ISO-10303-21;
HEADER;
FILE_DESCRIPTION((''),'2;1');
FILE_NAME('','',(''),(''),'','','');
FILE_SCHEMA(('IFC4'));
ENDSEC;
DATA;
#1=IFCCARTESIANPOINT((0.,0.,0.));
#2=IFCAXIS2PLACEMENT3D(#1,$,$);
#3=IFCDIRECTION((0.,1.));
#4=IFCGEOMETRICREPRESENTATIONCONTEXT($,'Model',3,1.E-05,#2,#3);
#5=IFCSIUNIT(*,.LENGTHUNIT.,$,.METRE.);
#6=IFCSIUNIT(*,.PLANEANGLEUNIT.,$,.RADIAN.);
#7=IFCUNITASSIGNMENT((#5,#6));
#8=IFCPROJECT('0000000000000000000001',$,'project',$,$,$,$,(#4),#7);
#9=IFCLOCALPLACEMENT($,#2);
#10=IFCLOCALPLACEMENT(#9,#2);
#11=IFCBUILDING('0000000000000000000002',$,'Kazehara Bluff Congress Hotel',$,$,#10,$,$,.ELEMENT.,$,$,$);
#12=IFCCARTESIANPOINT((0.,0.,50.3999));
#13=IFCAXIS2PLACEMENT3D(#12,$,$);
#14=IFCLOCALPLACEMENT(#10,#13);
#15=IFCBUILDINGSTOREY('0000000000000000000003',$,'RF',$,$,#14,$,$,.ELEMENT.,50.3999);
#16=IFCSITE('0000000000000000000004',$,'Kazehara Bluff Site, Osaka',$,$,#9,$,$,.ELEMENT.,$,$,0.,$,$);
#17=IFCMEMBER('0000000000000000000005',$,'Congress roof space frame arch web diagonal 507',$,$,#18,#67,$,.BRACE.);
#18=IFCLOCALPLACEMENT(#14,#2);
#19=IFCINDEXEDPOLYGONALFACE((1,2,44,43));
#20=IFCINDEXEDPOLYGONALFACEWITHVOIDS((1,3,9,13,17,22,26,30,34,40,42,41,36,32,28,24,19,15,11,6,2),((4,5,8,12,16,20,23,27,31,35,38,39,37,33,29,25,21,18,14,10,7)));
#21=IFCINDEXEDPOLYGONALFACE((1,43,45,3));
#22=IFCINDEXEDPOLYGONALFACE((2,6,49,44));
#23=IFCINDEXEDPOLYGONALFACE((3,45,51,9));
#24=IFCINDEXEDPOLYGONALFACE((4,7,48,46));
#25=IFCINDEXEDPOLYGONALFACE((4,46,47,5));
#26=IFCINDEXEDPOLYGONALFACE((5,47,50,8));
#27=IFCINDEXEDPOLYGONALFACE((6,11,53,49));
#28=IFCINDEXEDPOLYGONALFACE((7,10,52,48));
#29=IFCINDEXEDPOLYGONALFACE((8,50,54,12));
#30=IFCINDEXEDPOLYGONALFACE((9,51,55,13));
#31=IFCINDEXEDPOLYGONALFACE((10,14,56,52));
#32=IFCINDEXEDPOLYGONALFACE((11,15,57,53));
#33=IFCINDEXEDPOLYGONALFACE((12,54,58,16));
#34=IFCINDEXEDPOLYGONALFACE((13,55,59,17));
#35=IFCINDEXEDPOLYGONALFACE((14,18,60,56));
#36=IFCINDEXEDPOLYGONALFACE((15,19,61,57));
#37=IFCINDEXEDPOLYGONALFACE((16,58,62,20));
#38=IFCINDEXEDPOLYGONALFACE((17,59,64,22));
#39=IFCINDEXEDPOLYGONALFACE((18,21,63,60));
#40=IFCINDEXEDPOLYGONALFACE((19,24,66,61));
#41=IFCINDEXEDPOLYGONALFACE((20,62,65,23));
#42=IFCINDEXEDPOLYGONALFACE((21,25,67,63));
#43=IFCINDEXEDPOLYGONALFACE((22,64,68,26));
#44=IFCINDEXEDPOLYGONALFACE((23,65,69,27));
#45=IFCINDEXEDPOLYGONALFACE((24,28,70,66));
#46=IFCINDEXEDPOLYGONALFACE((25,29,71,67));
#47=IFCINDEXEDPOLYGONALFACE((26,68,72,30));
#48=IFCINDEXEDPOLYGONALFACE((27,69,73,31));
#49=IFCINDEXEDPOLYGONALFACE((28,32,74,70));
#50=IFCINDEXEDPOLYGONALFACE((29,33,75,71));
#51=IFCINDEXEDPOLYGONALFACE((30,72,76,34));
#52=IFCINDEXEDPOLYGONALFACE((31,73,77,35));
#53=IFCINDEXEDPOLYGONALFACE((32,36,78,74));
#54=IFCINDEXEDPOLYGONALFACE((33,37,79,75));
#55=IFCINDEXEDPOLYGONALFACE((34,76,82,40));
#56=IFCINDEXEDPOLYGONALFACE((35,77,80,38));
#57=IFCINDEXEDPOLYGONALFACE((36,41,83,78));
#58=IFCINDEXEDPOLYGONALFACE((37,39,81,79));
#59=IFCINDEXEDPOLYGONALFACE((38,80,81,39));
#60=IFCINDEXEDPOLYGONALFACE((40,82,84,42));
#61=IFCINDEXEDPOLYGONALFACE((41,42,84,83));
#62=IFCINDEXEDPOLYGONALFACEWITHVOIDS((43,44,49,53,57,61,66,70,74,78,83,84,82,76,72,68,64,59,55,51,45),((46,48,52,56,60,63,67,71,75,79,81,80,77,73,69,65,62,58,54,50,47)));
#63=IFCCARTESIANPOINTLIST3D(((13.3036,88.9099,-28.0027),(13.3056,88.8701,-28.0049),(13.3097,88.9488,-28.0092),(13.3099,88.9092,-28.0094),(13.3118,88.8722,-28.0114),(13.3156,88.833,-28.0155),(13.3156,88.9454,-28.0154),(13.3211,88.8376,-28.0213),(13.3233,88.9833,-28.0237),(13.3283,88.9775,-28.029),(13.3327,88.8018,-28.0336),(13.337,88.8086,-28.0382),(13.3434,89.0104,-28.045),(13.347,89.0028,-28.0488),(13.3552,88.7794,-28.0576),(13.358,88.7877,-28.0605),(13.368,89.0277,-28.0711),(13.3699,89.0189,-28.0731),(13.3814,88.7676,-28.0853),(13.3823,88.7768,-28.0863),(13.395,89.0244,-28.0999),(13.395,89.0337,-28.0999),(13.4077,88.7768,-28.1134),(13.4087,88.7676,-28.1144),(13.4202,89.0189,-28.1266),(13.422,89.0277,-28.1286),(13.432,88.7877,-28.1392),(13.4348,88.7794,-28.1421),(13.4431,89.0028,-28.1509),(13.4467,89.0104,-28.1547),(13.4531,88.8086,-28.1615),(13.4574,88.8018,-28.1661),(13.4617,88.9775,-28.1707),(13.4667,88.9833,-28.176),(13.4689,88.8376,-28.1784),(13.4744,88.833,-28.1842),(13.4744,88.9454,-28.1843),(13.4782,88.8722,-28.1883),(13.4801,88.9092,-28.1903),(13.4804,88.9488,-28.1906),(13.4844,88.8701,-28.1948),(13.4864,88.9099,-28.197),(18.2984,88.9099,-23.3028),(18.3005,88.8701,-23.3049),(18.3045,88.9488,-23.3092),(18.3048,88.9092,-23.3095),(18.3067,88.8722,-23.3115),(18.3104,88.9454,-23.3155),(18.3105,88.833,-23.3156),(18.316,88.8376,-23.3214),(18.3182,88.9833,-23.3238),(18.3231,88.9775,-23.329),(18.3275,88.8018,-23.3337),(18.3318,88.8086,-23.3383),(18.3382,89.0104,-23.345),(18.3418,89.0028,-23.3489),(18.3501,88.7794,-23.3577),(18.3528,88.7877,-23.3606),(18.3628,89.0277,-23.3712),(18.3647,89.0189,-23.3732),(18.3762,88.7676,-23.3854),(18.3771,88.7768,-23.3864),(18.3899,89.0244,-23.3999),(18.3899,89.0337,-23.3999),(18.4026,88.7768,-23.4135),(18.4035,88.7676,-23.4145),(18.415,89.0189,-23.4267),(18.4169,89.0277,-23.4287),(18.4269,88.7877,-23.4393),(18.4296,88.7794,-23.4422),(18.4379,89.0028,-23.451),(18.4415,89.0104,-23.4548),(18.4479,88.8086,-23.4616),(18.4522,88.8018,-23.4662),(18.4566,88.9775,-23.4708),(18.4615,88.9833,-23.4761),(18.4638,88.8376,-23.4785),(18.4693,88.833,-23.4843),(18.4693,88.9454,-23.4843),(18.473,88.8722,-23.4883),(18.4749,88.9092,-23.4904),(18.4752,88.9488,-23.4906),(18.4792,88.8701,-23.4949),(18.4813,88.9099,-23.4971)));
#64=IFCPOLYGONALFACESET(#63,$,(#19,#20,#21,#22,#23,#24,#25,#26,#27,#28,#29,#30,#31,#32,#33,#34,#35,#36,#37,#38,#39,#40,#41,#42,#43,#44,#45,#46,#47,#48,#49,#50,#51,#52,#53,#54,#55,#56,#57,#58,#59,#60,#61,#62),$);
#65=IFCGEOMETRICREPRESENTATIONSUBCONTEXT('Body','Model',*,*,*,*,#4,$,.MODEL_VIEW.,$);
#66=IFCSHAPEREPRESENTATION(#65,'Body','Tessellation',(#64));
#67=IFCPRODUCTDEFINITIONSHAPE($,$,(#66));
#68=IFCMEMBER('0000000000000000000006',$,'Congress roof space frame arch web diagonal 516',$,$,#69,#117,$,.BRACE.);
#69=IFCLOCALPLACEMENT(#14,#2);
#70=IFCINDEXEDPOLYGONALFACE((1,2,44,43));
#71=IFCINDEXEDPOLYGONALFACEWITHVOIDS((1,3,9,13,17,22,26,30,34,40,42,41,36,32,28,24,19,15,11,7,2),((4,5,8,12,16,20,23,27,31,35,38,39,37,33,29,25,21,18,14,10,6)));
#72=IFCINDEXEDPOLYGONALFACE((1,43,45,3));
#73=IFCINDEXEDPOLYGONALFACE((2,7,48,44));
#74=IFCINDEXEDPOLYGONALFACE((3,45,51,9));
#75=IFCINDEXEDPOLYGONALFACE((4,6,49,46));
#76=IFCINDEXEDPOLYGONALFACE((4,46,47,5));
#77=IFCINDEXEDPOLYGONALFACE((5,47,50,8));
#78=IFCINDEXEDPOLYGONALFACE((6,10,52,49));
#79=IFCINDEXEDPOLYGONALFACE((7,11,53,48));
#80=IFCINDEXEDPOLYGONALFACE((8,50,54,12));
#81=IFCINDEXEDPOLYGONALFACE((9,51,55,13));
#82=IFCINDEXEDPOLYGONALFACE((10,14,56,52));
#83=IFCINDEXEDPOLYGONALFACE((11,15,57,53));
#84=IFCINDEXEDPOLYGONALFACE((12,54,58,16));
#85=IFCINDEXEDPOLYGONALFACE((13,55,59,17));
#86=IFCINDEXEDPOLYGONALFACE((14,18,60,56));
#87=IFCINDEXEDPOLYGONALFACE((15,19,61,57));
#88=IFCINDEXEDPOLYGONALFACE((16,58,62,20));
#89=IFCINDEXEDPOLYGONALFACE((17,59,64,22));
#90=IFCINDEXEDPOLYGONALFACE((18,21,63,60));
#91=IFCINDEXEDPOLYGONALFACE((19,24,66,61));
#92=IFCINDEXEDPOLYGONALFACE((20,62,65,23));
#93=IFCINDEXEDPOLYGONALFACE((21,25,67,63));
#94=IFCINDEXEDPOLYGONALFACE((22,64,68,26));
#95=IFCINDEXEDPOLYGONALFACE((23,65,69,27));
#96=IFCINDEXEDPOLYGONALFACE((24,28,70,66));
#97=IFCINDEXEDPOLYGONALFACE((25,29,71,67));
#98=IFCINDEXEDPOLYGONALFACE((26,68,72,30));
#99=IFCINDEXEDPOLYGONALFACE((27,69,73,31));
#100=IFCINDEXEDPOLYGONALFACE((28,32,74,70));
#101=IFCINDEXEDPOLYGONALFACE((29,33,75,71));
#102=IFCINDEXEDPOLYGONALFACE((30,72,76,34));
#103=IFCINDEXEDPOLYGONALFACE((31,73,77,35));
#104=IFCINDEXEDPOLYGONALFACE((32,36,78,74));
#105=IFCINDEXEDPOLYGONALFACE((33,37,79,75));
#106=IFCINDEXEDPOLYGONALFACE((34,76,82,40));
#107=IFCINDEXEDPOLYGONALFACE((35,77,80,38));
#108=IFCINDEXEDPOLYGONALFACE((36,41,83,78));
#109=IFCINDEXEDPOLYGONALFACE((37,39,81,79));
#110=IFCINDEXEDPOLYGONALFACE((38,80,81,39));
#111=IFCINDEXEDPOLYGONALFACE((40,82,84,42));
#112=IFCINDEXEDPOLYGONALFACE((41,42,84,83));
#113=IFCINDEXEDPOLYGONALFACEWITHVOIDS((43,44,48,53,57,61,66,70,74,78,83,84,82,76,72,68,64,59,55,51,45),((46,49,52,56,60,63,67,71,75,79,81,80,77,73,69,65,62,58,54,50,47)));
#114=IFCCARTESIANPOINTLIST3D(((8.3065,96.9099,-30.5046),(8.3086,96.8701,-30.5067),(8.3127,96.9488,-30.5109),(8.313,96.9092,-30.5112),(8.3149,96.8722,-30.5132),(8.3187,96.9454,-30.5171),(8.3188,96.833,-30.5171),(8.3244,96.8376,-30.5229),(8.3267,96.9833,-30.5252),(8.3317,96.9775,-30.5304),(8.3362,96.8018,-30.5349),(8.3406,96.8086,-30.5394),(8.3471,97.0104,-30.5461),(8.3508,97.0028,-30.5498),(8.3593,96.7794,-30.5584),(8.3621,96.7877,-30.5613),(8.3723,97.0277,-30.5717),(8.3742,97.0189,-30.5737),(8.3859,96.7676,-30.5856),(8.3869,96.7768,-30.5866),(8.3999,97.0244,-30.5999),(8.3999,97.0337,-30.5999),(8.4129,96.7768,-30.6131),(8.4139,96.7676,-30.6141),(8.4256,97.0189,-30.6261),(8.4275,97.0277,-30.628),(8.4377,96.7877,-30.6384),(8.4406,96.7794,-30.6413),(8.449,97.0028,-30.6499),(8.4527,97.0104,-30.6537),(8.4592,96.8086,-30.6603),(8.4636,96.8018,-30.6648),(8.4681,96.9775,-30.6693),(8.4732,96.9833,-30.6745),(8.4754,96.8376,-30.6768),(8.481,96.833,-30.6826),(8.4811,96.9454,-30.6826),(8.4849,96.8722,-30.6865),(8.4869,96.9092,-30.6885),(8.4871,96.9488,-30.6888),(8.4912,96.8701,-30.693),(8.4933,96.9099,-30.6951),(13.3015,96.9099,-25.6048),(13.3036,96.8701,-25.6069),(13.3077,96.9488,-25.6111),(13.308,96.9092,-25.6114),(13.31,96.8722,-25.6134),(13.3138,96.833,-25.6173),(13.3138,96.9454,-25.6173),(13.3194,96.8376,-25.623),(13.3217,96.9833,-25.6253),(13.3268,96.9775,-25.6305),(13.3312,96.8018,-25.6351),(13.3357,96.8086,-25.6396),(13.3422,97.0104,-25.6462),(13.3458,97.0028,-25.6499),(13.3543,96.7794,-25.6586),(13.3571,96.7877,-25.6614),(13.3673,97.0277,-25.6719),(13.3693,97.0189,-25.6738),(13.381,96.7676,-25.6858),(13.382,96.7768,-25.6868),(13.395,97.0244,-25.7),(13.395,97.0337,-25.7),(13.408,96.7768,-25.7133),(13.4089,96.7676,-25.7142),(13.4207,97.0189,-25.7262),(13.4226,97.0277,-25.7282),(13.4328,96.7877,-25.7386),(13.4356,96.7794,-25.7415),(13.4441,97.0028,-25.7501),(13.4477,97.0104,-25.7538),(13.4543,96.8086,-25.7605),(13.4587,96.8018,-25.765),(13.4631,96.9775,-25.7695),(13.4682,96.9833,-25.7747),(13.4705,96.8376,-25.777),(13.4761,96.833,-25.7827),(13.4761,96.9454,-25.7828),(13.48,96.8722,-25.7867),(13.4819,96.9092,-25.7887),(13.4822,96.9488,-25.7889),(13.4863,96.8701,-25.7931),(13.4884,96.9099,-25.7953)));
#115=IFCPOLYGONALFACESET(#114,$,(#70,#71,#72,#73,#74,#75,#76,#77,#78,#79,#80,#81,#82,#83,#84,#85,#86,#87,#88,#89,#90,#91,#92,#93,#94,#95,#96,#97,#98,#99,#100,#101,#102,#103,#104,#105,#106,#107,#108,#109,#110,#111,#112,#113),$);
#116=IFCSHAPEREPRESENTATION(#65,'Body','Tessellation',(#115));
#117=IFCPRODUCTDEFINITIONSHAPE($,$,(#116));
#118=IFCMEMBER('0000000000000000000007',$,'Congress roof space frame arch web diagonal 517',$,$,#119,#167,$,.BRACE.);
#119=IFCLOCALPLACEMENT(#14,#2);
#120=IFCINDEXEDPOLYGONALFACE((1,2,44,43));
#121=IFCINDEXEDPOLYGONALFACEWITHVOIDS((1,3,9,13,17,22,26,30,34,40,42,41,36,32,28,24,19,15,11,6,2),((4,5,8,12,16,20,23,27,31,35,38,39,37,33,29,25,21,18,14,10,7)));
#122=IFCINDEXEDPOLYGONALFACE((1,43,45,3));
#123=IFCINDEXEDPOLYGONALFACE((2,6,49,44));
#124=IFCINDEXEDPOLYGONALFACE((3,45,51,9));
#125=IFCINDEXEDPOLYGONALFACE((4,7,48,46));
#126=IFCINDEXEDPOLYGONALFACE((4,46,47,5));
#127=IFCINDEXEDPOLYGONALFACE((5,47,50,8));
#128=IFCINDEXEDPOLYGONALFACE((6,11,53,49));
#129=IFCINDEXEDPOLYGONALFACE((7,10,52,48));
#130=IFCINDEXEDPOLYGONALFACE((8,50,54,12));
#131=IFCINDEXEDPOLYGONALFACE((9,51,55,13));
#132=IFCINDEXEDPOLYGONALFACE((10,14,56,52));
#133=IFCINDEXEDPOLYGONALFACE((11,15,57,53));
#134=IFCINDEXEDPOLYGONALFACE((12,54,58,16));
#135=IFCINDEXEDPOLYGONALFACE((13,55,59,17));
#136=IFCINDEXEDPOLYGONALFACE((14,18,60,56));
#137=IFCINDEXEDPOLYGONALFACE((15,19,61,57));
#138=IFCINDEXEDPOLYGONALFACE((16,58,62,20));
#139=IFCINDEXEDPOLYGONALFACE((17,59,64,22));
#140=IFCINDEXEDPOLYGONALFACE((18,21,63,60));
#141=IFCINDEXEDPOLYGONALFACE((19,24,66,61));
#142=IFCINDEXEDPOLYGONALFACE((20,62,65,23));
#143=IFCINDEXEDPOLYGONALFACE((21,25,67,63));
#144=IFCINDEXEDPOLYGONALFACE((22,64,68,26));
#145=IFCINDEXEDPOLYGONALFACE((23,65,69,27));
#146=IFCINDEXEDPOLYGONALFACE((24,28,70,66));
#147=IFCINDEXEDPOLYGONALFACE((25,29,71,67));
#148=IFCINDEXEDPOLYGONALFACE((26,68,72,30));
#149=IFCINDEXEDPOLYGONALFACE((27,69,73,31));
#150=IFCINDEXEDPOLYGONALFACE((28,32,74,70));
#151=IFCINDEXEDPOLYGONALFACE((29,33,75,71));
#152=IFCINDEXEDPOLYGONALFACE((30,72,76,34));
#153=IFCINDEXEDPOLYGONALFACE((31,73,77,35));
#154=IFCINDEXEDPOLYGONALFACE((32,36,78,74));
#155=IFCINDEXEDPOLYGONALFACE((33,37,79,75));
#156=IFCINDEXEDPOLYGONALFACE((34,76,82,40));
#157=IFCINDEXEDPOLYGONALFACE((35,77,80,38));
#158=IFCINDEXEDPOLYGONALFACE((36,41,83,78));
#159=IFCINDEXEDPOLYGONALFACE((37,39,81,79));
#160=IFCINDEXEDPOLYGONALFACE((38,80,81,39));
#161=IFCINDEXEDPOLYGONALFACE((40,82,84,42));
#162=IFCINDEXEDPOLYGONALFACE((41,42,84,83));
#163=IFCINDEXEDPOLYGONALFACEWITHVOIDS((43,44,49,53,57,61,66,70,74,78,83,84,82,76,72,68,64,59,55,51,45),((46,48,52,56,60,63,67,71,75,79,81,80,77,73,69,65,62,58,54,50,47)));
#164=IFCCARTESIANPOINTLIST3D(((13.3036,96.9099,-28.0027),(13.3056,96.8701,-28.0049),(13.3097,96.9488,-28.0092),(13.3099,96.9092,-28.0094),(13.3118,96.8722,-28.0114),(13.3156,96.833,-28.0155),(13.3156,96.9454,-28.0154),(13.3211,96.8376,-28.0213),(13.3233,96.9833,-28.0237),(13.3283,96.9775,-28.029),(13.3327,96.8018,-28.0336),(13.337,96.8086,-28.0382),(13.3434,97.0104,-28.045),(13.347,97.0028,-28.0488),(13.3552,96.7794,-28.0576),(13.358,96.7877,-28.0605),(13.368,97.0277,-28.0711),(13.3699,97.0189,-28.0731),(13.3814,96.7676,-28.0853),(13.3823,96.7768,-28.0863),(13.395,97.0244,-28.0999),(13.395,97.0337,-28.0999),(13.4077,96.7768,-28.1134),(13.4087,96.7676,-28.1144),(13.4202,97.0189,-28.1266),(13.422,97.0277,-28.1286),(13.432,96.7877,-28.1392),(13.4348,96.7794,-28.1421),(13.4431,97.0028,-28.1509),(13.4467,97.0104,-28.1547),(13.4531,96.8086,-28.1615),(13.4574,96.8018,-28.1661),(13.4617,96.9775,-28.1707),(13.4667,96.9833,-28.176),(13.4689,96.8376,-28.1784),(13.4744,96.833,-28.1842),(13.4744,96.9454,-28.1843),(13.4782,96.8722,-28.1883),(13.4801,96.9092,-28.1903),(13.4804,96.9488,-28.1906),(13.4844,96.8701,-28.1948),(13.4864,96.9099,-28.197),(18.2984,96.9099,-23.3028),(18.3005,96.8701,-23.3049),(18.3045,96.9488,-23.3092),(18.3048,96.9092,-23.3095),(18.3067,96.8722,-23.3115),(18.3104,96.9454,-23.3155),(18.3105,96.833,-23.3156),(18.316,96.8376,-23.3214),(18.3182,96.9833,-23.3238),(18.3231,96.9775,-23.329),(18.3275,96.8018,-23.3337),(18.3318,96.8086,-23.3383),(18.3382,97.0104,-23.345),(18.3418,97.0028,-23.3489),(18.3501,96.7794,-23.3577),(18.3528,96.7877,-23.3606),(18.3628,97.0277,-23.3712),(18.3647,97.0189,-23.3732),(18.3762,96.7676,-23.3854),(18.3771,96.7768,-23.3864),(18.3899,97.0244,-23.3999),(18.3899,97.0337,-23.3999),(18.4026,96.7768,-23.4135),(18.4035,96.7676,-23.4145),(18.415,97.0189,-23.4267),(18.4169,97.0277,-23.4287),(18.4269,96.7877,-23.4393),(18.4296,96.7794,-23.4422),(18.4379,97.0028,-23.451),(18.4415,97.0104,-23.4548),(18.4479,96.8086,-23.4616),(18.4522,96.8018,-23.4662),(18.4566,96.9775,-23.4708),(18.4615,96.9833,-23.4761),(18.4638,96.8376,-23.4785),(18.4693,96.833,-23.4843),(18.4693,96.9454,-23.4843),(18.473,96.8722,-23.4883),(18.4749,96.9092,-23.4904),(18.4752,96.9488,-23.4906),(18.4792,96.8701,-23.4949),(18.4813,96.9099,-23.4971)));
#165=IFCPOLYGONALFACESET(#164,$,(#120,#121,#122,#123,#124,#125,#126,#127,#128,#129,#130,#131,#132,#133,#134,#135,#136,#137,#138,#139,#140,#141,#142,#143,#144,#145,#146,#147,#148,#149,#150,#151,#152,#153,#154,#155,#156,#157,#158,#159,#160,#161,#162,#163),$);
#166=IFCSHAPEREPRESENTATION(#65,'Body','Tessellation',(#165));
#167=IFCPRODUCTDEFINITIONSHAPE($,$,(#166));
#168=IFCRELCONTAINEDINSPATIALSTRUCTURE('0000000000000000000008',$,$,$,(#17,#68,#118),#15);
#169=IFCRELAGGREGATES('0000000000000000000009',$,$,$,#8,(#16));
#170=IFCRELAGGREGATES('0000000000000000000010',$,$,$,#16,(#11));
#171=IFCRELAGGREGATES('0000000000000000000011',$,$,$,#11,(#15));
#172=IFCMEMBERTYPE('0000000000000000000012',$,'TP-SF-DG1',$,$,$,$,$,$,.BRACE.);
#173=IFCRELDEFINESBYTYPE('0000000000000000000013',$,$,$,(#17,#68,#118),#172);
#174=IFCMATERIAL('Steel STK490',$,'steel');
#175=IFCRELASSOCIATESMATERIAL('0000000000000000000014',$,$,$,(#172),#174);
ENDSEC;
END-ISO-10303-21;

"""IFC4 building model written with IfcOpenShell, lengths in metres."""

from ifc_helpers import new_model, si_unit, direction, frame, origin, origin_2d, place, context, subcontext, project, spatial, hollow_circle, extrude, material, material_profile, profile_set, type_object, element, save


model = new_model("IFC4")

# Units and contexts
model_context = context("Model", 3, precision=1e-05, world=origin(), true_north=direction((0.0, 1.0)))
body_context = subcontext(model_context, "Body", "Model", "MODEL_VIEW")
ifc_project = project(units=[si_unit("LENGTHUNIT", "METRE"), si_unit("PLANEANGLEUNIT", "RADIAN")], contexts=[model_context])

# Site, building, storey
site_placement = place(None, origin())
site = spatial("IfcSite", under=ifc_project, at=site_placement, Name="Kazehara Bluff Site, Osaka", CompositionType="ELEMENT", RefElevation=0.0)
building_placement = place(site_placement, origin())
building = spatial("IfcBuilding", under=site, at=building_placement, Name="Kazehara Bluff Congress Hotel", CompositionType="ELEMENT")
storey_placement = place(building_placement, frame((0.0, 0.0, 50.3999)))
storey = spatial("IfcBuildingStorey", under=building, at=storey_placement, Name="RF", CompositionType="ELEMENT", Elevation=50.3999)

# Members
ifc_material_1 = material(Name="Steel STK490", Category="steel")
ifc_material_profile_1 = material_profile(ifc_material_1, hollow_circle(Radius=0.1338, WallThickness=0.0093, at=origin_2d()))
ifc_profile_set_1 = profile_set([ifc_material_profile_1], Name="Steel STK490")
member_type_1 = type_object("IfcMemberType", Name="TP-SF-DG1", PredefinedType="BRACE", material=ifc_profile_set_1)
member_1_placement = place(storey_placement, frame((13.395, 88.8999, -28.0999), z_axis=(0.72828, 0.0, 0.685279), x_axis=(0.0, 1.0, 0.0)))
element("IfcMember", 1, at=member_1_placement, inside=storey, type_object=member_type_1, Name="Congress roof space frame arch web diagonal 507", PredefinedType="BRACE", context=body_context, shape_type="SweptSolid", body=[
    extrude(hollow_circle(Radius=0.1338, WallThickness=0.0093, at=origin_2d()), origin(), (0.0, 0.0, 1.0), 6.8584),
])
member_2_placement = place(storey_placement, frame((8.3999, 96.8999, -30.5999), z_axis=(0.713878, 0.0, 0.70027), x_axis=(0.0, 1.0, 0.0)))
element("IfcMember", 2, at=member_2_placement, inside=storey, type_object=member_type_1, Name="Congress roof space frame arch web diagonal 516", PredefinedType="BRACE", context=body_context, shape_type="SweptSolid", body=[
    extrude(hollow_circle(Radius=0.1338, WallThickness=0.0093, at=origin_2d()), origin(), (0.0, 0.0, 1.0), 6.9971),
])
member_3_placement = place(storey_placement, frame((13.395, 96.8999, -28.0999), z_axis=(0.72828, 0.0, 0.685279), x_axis=(0.0, 1.0, 0.0)))
element("IfcMember", 3, at=member_3_placement, inside=storey, type_object=member_type_1, Name="Congress roof space frame arch web diagonal 517", PredefinedType="BRACE", context=body_context, shape_type="SweptSolid", body=[
    extrude(hollow_circle(Radius=0.1338, WallThickness=0.0093, at=origin_2d()), origin(), (0.0, 0.0, 1.0), 6.8584),
])

save(model, "model.ifc")
